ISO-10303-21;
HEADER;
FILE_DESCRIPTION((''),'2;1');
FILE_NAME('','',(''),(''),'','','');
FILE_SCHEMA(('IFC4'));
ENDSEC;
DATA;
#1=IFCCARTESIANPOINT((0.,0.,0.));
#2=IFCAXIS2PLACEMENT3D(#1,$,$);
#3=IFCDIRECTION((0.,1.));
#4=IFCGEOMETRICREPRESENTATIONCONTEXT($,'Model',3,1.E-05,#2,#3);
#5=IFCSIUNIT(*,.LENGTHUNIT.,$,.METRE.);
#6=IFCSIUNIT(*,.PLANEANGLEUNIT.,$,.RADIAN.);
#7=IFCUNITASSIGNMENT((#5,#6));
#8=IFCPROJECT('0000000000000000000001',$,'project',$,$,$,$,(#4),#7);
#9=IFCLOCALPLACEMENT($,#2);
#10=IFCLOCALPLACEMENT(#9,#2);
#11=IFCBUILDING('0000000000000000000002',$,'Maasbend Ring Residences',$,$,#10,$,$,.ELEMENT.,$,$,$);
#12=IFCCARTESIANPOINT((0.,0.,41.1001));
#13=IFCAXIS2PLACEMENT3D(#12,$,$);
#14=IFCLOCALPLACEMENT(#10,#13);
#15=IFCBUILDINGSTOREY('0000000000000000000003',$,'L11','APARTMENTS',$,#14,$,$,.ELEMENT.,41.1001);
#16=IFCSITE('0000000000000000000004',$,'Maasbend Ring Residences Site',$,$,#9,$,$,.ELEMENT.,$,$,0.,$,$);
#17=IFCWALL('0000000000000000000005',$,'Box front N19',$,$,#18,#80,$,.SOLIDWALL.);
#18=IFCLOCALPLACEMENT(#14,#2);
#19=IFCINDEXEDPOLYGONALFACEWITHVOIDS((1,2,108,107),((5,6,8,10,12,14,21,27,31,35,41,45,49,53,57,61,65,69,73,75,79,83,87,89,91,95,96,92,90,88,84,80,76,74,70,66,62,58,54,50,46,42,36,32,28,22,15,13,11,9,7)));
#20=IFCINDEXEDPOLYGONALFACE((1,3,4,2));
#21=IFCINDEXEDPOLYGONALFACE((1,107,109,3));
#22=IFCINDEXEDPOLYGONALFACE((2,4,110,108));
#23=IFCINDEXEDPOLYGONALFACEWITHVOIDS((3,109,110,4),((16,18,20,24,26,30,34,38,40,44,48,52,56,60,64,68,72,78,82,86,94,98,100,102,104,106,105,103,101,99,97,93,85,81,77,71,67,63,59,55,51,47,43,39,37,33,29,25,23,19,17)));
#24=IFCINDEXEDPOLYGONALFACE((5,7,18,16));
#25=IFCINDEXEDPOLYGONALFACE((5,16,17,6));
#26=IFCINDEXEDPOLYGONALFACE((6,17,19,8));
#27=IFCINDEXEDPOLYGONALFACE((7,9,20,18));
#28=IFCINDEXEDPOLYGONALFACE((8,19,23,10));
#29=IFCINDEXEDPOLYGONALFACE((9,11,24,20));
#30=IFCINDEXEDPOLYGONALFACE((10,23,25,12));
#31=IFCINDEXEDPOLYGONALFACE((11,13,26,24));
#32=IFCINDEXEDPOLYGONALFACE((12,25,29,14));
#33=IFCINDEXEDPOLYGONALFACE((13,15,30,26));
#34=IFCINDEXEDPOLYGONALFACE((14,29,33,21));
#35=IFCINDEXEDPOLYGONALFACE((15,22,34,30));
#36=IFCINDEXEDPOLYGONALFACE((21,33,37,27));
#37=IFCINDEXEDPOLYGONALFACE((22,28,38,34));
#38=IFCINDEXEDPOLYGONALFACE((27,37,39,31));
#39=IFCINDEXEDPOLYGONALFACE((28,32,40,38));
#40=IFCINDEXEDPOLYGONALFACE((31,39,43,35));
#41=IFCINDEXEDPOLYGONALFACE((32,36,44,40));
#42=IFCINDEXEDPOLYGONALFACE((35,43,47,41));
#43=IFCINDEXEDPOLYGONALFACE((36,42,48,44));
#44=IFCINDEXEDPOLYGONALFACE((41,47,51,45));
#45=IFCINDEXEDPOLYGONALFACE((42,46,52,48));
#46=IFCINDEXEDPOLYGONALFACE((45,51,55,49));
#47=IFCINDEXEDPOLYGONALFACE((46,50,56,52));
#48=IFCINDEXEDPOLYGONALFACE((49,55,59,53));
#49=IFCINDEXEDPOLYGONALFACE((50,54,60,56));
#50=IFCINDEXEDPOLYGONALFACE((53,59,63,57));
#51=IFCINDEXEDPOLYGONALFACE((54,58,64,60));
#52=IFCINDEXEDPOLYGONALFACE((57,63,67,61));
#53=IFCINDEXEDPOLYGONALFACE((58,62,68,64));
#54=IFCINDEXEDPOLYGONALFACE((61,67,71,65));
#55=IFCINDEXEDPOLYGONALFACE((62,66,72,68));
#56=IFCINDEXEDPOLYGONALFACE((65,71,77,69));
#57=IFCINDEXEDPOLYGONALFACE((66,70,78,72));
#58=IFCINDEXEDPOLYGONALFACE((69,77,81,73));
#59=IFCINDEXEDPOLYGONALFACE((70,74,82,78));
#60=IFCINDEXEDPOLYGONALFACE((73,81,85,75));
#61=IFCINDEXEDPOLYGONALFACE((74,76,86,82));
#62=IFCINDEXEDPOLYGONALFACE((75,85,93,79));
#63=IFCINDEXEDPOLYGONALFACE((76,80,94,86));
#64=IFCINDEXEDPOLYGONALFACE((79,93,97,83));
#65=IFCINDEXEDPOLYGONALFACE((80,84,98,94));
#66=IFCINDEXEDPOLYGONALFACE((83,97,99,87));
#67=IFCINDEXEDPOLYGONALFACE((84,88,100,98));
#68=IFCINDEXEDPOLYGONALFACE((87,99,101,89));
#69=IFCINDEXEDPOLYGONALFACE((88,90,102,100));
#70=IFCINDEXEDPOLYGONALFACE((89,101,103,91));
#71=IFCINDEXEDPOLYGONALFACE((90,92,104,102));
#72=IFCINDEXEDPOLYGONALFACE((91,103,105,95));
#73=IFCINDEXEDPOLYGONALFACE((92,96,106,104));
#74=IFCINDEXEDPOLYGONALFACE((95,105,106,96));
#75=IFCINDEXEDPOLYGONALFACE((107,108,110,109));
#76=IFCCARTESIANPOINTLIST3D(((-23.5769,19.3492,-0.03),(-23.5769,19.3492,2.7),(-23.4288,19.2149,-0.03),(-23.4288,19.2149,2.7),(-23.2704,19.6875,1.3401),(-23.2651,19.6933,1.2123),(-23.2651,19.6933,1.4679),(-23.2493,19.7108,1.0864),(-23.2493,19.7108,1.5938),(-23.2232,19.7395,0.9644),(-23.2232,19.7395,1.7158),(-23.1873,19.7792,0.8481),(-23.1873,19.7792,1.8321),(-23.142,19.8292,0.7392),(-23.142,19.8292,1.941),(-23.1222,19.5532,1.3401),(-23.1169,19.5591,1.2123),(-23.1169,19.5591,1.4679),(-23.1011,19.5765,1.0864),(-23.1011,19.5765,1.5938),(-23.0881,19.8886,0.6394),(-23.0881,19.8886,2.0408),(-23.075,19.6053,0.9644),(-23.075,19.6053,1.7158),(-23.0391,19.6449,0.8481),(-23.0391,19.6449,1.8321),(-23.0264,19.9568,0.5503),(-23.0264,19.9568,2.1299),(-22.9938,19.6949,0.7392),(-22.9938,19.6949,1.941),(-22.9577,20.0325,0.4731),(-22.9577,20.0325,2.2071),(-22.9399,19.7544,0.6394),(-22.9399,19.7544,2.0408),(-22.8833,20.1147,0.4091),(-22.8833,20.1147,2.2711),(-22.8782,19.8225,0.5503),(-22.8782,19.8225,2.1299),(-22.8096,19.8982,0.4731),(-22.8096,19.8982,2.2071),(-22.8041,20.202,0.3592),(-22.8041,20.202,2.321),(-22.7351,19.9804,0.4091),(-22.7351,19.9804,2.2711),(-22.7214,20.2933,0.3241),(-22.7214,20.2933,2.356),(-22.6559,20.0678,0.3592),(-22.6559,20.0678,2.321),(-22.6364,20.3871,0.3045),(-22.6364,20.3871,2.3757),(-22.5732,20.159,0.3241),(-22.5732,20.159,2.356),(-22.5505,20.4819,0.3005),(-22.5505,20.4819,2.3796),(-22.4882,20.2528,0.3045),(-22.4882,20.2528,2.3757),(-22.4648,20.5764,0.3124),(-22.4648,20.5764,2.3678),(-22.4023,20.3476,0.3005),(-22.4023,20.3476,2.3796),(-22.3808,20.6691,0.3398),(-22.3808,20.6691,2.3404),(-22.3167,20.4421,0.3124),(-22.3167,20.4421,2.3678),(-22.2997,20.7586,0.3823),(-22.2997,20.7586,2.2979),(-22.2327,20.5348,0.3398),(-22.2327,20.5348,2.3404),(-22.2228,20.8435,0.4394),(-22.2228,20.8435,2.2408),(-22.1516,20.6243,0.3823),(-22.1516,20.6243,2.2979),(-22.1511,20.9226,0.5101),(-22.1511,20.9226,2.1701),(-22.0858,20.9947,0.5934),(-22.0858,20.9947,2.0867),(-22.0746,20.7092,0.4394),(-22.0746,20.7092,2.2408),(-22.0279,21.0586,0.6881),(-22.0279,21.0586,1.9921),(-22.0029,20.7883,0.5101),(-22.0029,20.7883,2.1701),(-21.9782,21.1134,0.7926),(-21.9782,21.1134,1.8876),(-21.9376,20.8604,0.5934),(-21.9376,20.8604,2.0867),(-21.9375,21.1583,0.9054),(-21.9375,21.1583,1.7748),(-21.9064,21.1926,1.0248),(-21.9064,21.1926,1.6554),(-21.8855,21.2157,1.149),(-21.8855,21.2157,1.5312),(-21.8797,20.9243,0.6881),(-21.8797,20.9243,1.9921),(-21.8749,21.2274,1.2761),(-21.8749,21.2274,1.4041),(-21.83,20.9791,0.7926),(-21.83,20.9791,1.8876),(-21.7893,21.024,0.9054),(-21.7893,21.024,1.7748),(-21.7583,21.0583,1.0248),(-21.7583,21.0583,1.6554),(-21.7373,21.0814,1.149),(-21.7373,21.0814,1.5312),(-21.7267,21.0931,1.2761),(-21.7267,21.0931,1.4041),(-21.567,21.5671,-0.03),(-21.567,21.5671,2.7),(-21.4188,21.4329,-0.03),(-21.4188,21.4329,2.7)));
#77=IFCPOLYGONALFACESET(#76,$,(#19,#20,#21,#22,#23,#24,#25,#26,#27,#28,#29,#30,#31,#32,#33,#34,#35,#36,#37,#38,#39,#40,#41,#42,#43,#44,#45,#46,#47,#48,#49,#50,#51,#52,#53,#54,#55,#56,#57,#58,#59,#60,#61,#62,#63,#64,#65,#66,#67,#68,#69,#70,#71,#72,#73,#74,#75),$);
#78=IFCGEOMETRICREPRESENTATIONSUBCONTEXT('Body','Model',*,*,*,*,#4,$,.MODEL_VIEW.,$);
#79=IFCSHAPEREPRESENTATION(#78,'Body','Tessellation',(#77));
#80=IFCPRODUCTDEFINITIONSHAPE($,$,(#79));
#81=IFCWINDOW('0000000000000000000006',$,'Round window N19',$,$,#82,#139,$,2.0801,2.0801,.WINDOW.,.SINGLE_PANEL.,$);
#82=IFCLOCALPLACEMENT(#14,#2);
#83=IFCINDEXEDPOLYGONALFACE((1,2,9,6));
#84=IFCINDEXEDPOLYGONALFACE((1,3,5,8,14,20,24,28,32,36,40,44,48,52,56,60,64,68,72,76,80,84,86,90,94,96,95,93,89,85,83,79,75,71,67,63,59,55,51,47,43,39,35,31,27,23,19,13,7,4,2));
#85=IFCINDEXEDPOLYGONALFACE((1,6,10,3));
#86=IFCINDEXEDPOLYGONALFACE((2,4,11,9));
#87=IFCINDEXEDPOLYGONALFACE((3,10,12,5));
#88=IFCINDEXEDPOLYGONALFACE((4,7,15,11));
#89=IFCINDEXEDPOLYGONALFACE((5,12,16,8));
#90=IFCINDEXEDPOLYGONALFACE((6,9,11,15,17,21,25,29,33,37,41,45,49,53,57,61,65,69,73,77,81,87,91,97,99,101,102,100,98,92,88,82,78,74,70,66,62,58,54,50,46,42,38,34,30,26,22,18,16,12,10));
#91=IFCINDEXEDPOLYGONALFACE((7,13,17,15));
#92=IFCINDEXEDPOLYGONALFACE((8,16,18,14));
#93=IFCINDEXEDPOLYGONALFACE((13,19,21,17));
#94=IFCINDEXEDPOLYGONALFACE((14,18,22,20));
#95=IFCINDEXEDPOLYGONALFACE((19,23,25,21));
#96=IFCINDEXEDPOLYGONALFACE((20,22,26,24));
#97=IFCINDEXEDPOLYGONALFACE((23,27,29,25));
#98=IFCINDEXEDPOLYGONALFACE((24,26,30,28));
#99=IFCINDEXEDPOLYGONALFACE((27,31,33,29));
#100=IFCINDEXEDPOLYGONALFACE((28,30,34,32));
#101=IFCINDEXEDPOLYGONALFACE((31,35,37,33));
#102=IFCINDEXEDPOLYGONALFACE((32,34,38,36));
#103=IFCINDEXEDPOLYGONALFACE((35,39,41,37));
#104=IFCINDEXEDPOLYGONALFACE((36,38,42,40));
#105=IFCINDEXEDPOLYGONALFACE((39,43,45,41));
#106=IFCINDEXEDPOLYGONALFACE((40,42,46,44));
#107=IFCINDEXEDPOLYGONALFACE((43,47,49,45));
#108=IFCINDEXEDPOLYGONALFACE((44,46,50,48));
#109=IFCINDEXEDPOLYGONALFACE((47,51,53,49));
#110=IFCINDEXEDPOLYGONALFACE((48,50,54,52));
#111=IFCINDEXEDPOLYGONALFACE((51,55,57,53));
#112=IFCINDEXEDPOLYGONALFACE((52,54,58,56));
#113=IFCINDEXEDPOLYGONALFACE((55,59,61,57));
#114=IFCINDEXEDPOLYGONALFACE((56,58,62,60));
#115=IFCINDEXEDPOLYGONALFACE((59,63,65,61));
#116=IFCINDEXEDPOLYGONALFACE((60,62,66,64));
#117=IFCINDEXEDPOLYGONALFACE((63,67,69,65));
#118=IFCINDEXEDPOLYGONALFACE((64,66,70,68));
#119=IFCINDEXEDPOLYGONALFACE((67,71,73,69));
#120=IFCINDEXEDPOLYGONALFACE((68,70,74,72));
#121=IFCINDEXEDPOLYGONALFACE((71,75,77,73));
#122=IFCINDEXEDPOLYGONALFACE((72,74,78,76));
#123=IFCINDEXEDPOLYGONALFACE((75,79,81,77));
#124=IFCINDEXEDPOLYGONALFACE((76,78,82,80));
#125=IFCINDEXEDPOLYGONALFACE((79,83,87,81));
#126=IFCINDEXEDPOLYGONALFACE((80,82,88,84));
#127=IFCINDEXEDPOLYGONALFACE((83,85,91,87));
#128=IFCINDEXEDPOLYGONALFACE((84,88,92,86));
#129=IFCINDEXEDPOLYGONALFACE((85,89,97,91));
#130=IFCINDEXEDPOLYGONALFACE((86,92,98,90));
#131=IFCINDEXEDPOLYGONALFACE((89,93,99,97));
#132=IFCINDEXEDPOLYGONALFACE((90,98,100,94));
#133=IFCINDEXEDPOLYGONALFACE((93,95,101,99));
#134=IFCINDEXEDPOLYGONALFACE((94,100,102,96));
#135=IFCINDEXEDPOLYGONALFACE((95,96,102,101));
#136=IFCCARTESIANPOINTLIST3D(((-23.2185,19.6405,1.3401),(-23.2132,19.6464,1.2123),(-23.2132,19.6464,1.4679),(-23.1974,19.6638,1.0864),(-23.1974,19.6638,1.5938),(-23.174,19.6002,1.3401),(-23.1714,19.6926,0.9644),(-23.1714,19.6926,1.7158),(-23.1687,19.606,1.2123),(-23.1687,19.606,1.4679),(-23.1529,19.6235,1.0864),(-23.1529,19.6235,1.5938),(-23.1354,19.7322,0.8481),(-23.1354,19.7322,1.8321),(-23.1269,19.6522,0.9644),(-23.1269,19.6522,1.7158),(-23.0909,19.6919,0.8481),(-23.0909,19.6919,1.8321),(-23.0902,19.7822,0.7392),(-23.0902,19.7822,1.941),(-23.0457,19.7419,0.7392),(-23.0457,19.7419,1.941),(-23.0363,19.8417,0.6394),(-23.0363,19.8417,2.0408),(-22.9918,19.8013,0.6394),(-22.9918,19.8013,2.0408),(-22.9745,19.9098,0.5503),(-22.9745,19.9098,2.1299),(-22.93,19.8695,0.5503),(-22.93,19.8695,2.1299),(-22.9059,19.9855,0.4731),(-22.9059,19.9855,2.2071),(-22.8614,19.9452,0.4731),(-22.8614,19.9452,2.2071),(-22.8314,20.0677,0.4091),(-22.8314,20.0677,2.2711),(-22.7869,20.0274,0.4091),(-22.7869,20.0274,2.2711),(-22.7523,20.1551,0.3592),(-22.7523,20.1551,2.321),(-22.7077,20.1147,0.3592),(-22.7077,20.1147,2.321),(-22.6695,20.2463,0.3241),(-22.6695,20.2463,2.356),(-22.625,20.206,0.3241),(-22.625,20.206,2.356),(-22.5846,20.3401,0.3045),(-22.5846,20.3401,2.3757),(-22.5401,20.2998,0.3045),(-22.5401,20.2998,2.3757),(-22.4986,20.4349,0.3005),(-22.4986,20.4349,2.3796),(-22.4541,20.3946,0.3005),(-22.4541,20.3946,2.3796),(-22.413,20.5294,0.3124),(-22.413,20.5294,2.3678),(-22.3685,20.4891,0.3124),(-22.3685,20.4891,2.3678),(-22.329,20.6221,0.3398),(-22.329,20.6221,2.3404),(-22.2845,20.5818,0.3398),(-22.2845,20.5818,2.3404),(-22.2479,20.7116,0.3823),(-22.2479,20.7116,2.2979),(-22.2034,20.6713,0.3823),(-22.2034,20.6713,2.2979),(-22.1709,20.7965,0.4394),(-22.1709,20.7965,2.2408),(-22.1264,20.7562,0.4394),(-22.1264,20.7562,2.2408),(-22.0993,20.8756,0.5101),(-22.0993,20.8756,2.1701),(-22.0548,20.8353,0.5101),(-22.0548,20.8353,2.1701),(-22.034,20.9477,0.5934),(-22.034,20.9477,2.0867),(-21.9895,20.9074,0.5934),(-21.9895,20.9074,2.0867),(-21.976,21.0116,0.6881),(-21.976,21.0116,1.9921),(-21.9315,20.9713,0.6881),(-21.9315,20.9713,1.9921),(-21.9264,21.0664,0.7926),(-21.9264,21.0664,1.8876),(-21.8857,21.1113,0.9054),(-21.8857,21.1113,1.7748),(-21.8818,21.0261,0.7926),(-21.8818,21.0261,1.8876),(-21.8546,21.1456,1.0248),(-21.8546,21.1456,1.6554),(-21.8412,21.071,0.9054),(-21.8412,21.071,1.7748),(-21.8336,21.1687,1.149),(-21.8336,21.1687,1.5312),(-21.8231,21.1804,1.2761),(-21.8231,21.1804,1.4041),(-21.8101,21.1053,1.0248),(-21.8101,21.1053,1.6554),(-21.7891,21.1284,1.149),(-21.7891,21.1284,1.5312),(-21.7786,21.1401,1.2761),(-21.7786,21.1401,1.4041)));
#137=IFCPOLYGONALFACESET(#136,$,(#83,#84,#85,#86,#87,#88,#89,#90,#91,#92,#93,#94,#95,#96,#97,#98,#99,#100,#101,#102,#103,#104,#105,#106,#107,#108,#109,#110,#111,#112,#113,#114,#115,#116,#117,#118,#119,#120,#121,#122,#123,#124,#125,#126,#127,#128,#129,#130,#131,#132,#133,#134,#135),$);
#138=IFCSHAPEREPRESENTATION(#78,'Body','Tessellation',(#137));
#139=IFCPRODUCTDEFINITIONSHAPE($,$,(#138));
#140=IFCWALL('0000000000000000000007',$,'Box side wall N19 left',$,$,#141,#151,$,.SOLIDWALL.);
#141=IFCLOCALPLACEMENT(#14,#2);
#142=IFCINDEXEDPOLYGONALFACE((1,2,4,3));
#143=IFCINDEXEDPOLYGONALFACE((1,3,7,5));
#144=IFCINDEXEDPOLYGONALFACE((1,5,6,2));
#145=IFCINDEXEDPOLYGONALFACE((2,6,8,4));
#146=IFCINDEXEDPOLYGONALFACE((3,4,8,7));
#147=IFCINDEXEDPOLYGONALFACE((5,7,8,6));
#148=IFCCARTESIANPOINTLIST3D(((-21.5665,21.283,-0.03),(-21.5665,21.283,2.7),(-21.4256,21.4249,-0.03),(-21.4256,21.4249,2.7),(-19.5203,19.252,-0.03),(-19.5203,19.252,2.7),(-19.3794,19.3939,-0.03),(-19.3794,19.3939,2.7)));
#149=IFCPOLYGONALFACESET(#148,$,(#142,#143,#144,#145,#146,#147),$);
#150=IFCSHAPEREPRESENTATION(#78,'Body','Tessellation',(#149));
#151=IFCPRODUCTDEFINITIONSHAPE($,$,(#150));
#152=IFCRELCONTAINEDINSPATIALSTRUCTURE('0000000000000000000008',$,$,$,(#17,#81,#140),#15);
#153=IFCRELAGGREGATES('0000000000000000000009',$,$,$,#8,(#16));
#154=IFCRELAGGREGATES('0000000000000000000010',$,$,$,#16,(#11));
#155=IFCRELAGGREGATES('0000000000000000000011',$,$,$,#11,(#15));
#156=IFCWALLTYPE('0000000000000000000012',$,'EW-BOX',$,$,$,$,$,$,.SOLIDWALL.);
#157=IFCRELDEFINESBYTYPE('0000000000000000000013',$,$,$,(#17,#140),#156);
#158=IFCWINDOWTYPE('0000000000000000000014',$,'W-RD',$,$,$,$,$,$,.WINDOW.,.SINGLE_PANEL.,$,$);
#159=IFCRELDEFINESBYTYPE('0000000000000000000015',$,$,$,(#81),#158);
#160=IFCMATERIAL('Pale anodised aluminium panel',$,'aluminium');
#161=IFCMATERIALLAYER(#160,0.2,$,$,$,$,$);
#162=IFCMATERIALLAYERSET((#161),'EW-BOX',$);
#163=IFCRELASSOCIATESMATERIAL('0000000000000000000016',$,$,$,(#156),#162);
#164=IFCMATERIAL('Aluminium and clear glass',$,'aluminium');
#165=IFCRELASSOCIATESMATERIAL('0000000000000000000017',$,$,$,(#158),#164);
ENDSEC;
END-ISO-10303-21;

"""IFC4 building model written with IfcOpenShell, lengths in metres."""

from ifc_helpers import new_model, si_unit, direction, frame, frame_2d, origin, place, context, subcontext, project, spatial, rectangle, circle, extrude, material, layer, layer_set, type_object, element, fill, save


model = new_model("IFC4")

# Units and contexts
model_context = context("Model", 3, precision=1e-05, world=origin(), true_north=direction((0.0, 1.0)))
body_context = subcontext(model_context, "Body", "Model", "MODEL_VIEW")
ifc_project = project(units=[si_unit("LENGTHUNIT", "METRE"), si_unit("PLANEANGLEUNIT", "RADIAN")], contexts=[model_context])

# Site, building, storey
site_placement = place(None, origin())
site = spatial("IfcSite", under=ifc_project, at=site_placement, Name="Maasbend Ring Residences Site", CompositionType="ELEMENT", RefElevation=0.0)
building_placement = place(site_placement, origin())
building = spatial("IfcBuilding", under=site, at=building_placement, Name="Maasbend Ring Residences", CompositionType="ELEMENT")
storey_placement = place(building_placement, frame((0.0, 0.0, 41.1001)))
storey = spatial("IfcBuildingStorey", under=building, at=storey_placement, Name="L11", Description="APARTMENTS", CompositionType="ELEMENT", Elevation=41.1001)

# Shared definitions
ifc_material_1 = material(Name="Pale anodised aluminium panel", Category="aluminium")
ifc_layer_1 = layer(ifc_material_1, 0.2)
ifc_layer_set_1 = layer_set([ifc_layer_1], Name="EW-BOX")
wall_type_1 = type_object("IfcWallType", Name="EW-BOX", PredefinedType="SOLIDWALL", material=ifc_layer_set_1)
ifc_material_2 = material(Name="Aluminium and clear glass", Category="aluminium")
window_type_1 = type_object("IfcWindowType", Name="W-RD", PartitioningType="SINGLE_PANEL", PredefinedType="WINDOW", material=ifc_material_2)

# Wall, opening, window
wall_1_placement = place(storey_placement, frame((-21.4929, 21.5, -0.03), z_axis=(0.0, 0.0, 1.0), x_axis=(-0.671507, -0.740998, 0.0)))
wall_1 = element("IfcWall", 1, at=wall_1_placement, inside=storey, type_object=wall_type_1, Name="Box front N19", PredefinedType="SOLIDWALL", context=body_context, shape_type="SweptSolid", body=[
    extrude(rectangle(XDim=2.9932, YDim=0.2, at=frame_2d((1.4966, 0.0))), origin(), (0.0, 0.0, 1.0), 2.73),
])
opening_1_placement = place(wall_1_placement, frame((0.4565, 0.0, 0.3301)))
opening_1 = element("IfcOpeningElement", 2, at=opening_1_placement, cuts=wall_1, PredefinedType="OPENING", context=body_context, shape_type="SweptSolid", body=[
    extrude(circle(Radius=1.04, at=frame_2d((1.04, 1.04))), frame((0.0, 0.1099, 0.0), z_axis=(0.0, -1.0, 0.0), x_axis=(1.0, 0.0, 0.0)), (0.0, 0.0, 1.0), 0.22),
])
window_1_placement = place(opening_1_placement, origin())
window_1 = element("IfcWindow", 3, at=window_1_placement, inside=storey, type_object=window_type_1, Name="Round window N19", OverallHeight=2.0801, OverallWidth=2.0801, PartitioningType="SINGLE_PANEL", PredefinedType="WINDOW", context=body_context, shape_type="SweptSolid", body=[
    extrude(circle(Radius=1.04, at=frame_2d((1.04, 1.04))), frame((0.0, 0.03, 0.0), z_axis=(0.0, -1.0, 0.0), x_axis=(1.0, 0.0, 0.0)), (0.0, 0.0, 1.0), 0.0601),
])
fill(opening_1, window_1)

# Wall
wall_2_placement = place(storey_placement, frame((-19.45, 19.323, -0.03), z_axis=(0.0, 0.0, 1.0), x_axis=(-0.709727, 0.704477, 0.0)))
element("IfcWall", 4, at=wall_2_placement, inside=storey, type_object=wall_type_1, Name="Box side wall N19 left", PredefinedType="SOLIDWALL", context=body_context, shape_type="SweptSolid", body=[
    extrude(rectangle(XDim=2.8831, YDim=0.2, at=frame_2d((1.4414, 0.0))), origin(), (0.0, 0.0, 1.0), 2.73),
])

save(model, "model.ifc")
